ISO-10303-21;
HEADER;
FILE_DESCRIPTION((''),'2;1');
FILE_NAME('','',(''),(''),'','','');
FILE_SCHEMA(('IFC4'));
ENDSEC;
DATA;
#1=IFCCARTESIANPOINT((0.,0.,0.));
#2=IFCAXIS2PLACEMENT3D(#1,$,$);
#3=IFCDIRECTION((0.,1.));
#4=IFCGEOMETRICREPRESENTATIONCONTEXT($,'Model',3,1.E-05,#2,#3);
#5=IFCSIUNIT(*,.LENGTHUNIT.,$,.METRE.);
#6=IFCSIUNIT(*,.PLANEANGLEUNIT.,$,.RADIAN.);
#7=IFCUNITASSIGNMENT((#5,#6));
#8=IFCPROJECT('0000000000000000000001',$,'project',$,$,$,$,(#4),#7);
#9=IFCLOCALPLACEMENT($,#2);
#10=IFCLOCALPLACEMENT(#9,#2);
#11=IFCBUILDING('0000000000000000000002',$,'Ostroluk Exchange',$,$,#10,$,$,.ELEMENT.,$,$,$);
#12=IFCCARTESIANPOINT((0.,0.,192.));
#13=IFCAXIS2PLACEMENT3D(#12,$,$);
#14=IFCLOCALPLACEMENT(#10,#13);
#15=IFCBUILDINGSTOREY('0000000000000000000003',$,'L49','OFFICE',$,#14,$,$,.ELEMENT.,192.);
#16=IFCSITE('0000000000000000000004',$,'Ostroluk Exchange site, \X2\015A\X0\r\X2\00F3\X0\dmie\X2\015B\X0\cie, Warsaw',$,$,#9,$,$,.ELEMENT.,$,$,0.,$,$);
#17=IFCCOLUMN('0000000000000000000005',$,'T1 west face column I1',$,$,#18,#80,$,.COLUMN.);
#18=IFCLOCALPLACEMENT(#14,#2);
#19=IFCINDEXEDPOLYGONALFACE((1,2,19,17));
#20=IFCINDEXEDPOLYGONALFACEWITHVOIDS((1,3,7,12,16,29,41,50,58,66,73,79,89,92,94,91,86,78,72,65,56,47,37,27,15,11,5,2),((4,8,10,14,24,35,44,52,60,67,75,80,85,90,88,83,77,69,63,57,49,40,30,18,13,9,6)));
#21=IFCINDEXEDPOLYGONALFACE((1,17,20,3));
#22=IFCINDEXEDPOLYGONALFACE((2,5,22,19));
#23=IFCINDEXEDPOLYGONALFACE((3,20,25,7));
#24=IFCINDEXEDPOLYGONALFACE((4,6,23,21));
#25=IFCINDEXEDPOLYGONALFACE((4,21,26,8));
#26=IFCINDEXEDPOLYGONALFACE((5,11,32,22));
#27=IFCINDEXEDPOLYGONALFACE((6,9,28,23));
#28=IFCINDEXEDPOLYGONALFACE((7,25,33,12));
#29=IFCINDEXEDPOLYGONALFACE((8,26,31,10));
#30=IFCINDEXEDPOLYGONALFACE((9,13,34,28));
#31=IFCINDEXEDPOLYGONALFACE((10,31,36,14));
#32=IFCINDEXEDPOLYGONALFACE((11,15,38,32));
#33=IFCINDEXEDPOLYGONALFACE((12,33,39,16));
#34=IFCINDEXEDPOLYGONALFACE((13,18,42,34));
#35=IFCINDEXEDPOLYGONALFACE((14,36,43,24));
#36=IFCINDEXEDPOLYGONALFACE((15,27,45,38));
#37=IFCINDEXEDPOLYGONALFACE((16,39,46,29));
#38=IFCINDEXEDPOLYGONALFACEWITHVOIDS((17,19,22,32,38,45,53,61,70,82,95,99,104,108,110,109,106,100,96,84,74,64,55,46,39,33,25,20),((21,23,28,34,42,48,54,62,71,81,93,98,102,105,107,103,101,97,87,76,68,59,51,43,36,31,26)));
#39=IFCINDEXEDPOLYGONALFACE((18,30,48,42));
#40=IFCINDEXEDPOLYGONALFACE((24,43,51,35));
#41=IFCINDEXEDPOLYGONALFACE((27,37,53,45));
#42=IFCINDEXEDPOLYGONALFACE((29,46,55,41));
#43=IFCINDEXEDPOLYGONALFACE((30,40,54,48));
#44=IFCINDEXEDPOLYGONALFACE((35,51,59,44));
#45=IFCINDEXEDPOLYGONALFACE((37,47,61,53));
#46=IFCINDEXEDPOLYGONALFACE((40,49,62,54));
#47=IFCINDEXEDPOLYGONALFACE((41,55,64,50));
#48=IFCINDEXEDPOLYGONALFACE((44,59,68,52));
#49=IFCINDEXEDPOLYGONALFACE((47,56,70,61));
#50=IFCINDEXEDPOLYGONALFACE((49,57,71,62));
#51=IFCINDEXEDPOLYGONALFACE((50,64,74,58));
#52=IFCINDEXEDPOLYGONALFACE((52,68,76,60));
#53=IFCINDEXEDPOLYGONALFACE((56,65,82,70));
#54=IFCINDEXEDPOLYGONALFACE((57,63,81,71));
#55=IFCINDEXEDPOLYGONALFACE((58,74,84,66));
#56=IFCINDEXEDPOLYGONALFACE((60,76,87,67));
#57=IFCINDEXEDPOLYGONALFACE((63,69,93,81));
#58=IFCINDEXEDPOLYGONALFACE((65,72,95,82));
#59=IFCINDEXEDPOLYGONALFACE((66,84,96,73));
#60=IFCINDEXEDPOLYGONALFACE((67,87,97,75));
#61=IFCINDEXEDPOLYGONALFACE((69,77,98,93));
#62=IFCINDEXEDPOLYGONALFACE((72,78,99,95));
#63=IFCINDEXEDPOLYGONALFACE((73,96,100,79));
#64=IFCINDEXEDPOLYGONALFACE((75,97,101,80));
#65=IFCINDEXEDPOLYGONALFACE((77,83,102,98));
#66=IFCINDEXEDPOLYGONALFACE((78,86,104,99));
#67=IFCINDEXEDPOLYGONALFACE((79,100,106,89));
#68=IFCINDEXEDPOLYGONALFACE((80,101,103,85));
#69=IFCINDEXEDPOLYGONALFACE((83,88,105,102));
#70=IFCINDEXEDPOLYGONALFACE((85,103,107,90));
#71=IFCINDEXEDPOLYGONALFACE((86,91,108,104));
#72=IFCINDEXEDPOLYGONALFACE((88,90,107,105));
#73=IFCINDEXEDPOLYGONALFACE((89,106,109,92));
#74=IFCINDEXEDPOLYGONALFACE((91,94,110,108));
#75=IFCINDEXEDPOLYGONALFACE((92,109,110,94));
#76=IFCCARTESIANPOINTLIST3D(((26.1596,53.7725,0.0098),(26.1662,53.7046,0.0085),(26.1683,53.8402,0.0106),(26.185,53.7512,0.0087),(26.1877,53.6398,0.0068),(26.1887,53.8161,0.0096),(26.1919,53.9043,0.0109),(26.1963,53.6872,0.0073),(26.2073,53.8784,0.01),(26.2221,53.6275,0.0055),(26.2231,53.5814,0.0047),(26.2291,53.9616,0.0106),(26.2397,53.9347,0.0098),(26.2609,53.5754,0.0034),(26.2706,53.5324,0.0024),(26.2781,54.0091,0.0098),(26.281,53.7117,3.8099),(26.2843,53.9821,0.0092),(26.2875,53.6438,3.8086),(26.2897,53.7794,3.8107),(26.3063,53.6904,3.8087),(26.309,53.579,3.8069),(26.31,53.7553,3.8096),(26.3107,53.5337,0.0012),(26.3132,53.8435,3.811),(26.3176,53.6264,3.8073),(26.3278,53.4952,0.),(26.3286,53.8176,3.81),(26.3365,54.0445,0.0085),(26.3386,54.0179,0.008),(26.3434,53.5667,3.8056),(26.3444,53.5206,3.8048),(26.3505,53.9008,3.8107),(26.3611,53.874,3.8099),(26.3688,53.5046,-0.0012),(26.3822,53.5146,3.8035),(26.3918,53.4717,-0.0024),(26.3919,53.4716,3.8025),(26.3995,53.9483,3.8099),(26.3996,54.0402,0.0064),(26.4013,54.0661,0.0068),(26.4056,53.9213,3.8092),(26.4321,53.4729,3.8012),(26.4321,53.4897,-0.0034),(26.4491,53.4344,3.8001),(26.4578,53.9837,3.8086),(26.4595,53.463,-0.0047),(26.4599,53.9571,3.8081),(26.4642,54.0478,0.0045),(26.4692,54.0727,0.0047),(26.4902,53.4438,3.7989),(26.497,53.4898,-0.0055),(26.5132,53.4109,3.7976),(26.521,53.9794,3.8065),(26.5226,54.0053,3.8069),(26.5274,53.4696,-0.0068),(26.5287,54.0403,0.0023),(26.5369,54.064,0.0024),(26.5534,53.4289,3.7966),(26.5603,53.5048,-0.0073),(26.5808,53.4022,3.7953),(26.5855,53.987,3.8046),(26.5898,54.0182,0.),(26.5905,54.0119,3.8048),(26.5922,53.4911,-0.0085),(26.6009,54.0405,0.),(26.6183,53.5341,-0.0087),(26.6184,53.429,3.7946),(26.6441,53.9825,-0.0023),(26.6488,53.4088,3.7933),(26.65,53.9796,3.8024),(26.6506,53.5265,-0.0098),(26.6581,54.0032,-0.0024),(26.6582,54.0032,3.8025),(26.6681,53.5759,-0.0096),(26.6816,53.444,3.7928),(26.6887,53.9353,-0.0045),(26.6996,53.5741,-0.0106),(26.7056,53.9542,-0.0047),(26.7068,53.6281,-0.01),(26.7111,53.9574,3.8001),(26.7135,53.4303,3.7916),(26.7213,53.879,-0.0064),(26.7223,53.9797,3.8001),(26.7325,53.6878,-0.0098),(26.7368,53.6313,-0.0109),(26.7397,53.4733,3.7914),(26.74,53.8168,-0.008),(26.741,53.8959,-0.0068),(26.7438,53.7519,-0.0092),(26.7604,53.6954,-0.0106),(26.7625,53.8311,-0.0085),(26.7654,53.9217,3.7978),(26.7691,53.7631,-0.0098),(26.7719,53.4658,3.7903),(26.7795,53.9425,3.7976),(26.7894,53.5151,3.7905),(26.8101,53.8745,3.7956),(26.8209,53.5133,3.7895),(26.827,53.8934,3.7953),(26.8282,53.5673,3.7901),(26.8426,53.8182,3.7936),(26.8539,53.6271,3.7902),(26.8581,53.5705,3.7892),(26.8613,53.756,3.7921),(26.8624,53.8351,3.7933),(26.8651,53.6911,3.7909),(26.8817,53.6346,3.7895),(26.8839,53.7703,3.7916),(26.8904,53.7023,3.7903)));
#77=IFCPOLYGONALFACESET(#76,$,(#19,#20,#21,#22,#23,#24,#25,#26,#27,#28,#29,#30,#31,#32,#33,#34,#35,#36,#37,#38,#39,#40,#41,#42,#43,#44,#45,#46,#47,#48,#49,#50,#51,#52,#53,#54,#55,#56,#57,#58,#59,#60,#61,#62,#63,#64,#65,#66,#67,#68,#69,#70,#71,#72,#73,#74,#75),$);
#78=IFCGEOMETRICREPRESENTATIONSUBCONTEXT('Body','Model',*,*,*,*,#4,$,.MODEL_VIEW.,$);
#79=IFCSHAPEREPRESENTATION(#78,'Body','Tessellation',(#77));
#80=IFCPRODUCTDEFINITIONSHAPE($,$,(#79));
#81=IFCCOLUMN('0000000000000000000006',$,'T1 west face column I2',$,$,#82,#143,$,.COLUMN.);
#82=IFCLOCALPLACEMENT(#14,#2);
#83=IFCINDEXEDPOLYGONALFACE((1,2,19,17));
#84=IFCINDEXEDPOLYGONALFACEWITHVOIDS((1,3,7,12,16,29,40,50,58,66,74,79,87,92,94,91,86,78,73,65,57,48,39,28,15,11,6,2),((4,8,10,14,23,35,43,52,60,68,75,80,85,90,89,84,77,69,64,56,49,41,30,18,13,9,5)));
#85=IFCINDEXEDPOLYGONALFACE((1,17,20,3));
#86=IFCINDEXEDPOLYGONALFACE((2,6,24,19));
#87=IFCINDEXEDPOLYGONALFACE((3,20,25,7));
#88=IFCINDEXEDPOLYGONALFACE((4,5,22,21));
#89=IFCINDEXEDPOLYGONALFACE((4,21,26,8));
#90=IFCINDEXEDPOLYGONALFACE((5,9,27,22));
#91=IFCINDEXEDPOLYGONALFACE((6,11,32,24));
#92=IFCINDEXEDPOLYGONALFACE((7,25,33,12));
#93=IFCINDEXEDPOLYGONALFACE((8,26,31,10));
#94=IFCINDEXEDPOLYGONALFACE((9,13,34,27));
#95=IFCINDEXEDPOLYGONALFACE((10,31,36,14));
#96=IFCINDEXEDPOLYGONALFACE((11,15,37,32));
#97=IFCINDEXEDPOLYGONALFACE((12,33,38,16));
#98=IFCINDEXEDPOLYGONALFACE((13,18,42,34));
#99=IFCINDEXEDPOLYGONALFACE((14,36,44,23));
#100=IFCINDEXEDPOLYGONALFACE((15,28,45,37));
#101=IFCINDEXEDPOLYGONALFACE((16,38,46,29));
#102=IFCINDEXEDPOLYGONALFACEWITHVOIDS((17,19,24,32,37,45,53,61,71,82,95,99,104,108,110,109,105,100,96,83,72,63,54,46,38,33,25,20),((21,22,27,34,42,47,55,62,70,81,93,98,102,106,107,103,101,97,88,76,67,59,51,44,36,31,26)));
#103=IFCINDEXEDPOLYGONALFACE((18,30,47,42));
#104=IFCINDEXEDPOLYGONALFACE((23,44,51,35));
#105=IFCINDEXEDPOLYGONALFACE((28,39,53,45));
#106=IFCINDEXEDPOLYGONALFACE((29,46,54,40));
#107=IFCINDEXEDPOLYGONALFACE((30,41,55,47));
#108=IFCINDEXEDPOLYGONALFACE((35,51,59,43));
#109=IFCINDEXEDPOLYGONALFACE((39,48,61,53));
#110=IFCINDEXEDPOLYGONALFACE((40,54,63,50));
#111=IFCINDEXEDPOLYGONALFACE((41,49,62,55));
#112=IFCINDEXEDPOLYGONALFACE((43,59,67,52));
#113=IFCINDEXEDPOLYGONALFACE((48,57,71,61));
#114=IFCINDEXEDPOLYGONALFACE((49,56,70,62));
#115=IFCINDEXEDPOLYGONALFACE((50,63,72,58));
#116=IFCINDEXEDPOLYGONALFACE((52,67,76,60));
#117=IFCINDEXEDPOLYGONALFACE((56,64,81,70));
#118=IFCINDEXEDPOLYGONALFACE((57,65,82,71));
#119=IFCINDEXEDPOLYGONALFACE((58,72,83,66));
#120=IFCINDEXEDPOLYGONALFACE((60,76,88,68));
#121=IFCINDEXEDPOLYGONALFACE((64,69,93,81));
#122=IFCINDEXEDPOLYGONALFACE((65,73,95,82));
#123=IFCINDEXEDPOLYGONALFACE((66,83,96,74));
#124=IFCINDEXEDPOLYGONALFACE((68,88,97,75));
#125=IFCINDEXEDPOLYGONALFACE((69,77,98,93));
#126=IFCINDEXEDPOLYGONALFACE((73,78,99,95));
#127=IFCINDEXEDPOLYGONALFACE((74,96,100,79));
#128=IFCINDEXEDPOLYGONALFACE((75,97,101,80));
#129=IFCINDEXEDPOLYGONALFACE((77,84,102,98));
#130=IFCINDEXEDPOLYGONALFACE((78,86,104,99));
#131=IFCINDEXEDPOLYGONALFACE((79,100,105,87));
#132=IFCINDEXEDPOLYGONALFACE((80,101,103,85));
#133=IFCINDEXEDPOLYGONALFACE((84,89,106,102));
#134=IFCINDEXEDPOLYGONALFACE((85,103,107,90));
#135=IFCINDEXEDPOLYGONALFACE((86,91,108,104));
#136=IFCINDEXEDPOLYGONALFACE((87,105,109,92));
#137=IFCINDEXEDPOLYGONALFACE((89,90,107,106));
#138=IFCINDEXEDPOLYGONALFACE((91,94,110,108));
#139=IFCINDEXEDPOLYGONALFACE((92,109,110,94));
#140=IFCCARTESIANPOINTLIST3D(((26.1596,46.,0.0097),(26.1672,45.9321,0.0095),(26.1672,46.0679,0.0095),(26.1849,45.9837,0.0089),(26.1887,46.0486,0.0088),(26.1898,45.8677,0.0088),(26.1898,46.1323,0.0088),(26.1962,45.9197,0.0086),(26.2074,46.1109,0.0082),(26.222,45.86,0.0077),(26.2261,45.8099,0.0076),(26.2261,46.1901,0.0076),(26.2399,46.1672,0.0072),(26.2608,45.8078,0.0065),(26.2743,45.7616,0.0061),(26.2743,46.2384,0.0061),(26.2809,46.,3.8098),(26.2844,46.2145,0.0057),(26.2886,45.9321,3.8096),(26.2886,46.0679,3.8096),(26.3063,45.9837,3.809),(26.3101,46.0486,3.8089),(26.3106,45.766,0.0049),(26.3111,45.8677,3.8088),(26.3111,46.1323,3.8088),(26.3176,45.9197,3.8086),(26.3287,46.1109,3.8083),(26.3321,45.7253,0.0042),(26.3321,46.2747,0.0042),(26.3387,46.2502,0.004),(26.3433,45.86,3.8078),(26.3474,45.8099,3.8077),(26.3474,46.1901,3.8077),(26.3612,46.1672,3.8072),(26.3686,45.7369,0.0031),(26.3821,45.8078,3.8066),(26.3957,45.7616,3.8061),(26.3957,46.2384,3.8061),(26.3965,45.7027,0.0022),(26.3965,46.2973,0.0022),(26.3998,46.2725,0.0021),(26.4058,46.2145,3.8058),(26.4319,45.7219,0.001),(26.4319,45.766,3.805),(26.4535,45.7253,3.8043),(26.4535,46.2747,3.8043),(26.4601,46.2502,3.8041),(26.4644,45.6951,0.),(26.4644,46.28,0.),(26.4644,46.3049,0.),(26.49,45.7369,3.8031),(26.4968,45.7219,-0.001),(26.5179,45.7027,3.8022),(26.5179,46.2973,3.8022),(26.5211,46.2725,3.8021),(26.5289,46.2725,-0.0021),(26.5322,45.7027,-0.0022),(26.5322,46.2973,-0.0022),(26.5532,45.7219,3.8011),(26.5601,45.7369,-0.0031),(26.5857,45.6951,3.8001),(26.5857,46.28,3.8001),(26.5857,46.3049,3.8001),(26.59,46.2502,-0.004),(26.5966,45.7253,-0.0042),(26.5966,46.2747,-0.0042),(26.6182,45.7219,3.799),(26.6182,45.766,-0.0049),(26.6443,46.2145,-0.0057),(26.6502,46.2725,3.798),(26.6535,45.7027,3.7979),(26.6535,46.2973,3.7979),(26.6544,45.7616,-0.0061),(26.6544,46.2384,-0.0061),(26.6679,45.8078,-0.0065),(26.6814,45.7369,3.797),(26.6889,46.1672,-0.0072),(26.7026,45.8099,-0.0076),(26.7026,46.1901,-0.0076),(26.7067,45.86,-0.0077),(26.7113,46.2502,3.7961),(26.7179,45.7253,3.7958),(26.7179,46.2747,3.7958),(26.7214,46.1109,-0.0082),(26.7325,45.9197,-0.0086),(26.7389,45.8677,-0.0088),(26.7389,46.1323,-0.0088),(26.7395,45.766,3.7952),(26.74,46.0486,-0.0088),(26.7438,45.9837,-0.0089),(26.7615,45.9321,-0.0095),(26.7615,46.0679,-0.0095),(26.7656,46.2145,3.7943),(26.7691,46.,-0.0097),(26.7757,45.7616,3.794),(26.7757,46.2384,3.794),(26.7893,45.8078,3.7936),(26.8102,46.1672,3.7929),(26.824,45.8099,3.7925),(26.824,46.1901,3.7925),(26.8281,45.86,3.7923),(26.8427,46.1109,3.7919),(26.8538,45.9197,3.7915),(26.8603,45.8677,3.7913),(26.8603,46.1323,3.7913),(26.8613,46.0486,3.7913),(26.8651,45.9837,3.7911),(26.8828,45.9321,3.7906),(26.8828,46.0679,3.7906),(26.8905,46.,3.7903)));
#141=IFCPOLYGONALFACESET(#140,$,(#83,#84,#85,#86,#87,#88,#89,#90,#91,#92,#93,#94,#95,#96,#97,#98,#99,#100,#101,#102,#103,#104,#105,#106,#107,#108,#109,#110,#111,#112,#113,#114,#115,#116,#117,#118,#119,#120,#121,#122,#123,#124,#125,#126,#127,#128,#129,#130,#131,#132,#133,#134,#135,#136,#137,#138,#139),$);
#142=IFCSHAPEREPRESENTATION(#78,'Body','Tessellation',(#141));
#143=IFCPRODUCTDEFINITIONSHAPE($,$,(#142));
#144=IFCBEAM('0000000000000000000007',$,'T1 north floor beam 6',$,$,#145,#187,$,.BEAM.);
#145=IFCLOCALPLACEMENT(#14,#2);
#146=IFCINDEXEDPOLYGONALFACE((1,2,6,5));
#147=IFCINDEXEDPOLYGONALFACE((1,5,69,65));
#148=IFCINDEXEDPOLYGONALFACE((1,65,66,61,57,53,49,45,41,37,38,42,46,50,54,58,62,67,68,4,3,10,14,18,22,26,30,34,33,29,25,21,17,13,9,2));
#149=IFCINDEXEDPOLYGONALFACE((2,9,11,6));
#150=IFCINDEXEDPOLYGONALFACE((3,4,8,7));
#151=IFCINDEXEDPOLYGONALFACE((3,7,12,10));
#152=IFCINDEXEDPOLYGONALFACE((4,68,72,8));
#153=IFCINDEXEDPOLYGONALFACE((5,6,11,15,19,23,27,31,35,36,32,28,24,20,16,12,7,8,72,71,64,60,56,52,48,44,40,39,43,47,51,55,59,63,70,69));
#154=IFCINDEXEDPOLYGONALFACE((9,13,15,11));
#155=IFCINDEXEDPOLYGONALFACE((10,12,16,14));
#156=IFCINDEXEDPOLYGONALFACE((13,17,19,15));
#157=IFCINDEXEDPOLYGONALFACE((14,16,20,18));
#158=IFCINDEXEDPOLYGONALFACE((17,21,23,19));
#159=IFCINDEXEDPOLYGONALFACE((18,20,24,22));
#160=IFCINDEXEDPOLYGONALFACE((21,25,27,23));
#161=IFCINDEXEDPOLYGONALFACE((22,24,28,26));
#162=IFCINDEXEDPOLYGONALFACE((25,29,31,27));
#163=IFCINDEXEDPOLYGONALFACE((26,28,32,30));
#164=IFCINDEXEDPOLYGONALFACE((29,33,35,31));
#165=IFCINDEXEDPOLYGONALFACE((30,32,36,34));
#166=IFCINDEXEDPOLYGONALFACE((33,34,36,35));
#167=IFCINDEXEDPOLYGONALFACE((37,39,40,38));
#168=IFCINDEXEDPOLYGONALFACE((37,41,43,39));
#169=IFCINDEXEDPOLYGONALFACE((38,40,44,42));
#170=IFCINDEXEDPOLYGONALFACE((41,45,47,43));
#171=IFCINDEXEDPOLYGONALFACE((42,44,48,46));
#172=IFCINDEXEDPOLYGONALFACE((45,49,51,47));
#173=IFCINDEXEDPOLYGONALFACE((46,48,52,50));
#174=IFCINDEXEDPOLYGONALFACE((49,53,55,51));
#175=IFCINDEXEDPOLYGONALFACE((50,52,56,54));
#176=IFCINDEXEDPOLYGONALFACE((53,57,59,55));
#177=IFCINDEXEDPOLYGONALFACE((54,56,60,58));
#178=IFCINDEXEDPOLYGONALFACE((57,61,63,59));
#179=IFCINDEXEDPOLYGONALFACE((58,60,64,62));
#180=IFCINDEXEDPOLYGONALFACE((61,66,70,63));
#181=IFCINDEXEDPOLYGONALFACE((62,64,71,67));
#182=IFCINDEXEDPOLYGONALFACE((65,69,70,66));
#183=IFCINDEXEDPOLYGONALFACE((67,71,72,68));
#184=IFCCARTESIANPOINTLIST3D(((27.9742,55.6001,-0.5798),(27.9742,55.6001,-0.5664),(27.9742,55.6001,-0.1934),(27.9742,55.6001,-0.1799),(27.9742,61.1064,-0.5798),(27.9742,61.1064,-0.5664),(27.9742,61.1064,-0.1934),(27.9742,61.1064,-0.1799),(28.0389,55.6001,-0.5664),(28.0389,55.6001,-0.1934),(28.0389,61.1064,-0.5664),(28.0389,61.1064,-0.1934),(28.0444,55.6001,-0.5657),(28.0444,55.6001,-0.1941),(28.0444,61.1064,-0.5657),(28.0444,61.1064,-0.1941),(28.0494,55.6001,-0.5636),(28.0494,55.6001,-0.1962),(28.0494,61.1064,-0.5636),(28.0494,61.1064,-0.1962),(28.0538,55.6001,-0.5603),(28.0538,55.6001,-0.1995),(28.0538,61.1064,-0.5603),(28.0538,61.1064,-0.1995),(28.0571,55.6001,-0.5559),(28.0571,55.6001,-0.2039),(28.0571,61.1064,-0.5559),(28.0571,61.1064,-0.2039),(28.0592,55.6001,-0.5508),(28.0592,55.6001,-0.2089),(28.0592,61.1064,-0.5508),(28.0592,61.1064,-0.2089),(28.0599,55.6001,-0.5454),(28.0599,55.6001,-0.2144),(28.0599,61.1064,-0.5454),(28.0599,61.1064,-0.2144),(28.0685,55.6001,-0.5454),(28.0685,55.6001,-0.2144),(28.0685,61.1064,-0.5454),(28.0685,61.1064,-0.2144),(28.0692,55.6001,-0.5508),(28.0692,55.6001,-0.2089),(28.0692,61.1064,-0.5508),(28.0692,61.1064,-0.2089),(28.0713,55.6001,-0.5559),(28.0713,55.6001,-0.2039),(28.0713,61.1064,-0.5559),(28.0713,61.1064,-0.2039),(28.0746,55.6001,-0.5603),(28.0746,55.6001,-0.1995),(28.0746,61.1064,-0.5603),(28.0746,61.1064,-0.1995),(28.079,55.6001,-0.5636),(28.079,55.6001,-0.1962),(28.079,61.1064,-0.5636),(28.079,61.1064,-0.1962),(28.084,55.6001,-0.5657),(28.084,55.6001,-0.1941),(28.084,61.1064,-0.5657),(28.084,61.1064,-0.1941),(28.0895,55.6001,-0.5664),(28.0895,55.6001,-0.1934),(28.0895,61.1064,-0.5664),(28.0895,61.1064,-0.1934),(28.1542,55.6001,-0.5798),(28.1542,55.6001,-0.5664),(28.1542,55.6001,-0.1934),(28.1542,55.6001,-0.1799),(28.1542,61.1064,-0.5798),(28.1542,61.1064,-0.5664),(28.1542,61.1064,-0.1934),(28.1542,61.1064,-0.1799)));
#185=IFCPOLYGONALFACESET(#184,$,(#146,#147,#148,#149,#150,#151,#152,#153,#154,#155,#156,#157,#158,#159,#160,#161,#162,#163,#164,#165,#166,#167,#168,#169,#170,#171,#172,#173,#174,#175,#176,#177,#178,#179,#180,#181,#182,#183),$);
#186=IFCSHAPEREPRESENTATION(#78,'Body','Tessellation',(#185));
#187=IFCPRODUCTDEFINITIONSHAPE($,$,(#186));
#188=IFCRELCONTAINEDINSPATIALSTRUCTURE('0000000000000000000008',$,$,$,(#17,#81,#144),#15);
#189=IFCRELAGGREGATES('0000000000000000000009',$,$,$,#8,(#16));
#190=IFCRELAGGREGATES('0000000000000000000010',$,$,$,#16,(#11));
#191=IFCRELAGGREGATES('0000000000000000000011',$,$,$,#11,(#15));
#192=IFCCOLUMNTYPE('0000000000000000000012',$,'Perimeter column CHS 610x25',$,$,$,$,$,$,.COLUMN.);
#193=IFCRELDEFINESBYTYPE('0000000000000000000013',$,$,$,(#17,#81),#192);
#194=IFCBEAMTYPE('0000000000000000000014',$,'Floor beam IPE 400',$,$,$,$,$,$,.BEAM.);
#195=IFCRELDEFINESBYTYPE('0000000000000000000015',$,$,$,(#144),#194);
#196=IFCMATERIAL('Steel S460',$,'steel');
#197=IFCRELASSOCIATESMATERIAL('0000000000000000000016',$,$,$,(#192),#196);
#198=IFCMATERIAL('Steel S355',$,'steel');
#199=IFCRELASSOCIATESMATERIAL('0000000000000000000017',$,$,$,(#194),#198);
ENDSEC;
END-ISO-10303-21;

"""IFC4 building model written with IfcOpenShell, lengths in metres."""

from ifc_helpers import new_model, si_unit, direction, frame, origin, origin_2d, place, context, subcontext, project, spatial, hollow_circle, i_section, extrude, material, material_profile, profile_set, type_object, element, save


model = new_model("IFC4")

# Units and contexts
model_context = context("Model", 3, precision=1e-05, world=origin(), true_north=direction((0.0, 1.0)))
body_context = subcontext(model_context, "Body", "Model", "MODEL_VIEW")
ifc_project = project(units=[si_unit("LENGTHUNIT", "METRE"), si_unit("PLANEANGLEUNIT", "RADIAN")], contexts=[model_context])

# Site, building, storey
site_placement = place(None, origin())
site = spatial("IfcSite", under=ifc_project, at=site_placement, Name="Ostroluk Exchange site, Śródmieście, Warsaw", CompositionType="ELEMENT", RefElevation=0.0)
building_placement = place(site_placement, origin())
building = spatial("IfcBuilding", under=site, at=building_placement, Name="Ostroluk Exchange", CompositionType="ELEMENT")
storey_placement = place(building_placement, frame((0.0, 0.0, 192.0)))
storey = spatial("IfcBuildingStorey", under=building, at=storey_placement, Name="L49", Description="OFFICE", CompositionType="ELEMENT", Elevation=192.0)

# Columns
ifc_material_1 = material(Name="Steel S460", Category="steel")
ifc_material_profile_1 = material_profile(ifc_material_1, hollow_circle(Radius=0.3049, WallThickness=0.0249, at=origin_2d()), Name="CHS 610x25")
ifc_profile_set_1 = profile_set([ifc_material_profile_1], Name="Steel S460")
column_type = type_object("IfcColumnType", Name="Perimeter column CHS 610x25", PredefinedType="COLUMN", material=ifc_profile_set_1)
column_1_placement = place(storey_placement, frame((26.4644, 53.7678, 0.0), z_axis=(0.03191, -0.015987, 0.999363), x_axis=(0.447933, 0.894067, 0.0)))
element("IfcColumn", 1, at=column_1_placement, inside=storey, type_object=column_type, Name="T1 west face column I1", PredefinedType="COLUMN", context=body_context, shape_type="SweptSolid", body=[
    extrude(hollow_circle(Radius=0.3049, WallThickness=0.0249, at=origin_2d()), origin(), (0.0, 0.0, 1.0), 3.8025),
])
column_2_placement = place(storey_placement, frame((26.4644, 46.0, 0.0), z_axis=(0.031914, 0.0, 0.999491), x_axis=(0.0, 1.0, 0.0)))
element("IfcColumn", 2, at=column_2_placement, inside=storey, type_object=column_type, Name="T1 west face column I2", PredefinedType="COLUMN", context=body_context, shape_type="SweptSolid", body=[
    extrude(hollow_circle(Radius=0.3049, WallThickness=0.0249, at=origin_2d()), origin(), (0.0, 0.0, 1.0), 3.802),
])

# Beam
ifc_material_2 = material(Name="Steel S355", Category="steel")
ifc_material_profile_2 = material_profile(ifc_material_2, i_section(OverallWidth=0.1799, OverallDepth=0.3999, WebThickness=0.0085, FlangeThickness=0.0134, FilletRadius=0.021, at=origin_2d()), Name="IPE 400")
ifc_profile_set_2 = profile_set([ifc_material_profile_2], Name="Steel S355")
beam_type_1 = type_object("IfcBeamType", Name="Floor beam IPE 400", PredefinedType="BEAM", material=ifc_profile_set_2)
beam_placement = place(storey_placement, frame((28.0642, 55.6001, -0.3799), z_axis=(0.0, 1.0, 0.0), x_axis=(-1.0, 0.0, 0.0)))
element("IfcBeam", 3, at=beam_placement, inside=storey, type_object=beam_type_1, Name="T1 north floor beam 6", PredefinedType="BEAM", context=body_context, shape_type="SweptSolid", body=[
    extrude(i_section(OverallWidth=0.1799, OverallDepth=0.3999, WebThickness=0.0085, FlangeThickness=0.0134, FilletRadius=0.021, at=origin_2d()), origin(), (0.0, 0.0, 1.0), 5.5063),
])

save(model, "model.ifc")
